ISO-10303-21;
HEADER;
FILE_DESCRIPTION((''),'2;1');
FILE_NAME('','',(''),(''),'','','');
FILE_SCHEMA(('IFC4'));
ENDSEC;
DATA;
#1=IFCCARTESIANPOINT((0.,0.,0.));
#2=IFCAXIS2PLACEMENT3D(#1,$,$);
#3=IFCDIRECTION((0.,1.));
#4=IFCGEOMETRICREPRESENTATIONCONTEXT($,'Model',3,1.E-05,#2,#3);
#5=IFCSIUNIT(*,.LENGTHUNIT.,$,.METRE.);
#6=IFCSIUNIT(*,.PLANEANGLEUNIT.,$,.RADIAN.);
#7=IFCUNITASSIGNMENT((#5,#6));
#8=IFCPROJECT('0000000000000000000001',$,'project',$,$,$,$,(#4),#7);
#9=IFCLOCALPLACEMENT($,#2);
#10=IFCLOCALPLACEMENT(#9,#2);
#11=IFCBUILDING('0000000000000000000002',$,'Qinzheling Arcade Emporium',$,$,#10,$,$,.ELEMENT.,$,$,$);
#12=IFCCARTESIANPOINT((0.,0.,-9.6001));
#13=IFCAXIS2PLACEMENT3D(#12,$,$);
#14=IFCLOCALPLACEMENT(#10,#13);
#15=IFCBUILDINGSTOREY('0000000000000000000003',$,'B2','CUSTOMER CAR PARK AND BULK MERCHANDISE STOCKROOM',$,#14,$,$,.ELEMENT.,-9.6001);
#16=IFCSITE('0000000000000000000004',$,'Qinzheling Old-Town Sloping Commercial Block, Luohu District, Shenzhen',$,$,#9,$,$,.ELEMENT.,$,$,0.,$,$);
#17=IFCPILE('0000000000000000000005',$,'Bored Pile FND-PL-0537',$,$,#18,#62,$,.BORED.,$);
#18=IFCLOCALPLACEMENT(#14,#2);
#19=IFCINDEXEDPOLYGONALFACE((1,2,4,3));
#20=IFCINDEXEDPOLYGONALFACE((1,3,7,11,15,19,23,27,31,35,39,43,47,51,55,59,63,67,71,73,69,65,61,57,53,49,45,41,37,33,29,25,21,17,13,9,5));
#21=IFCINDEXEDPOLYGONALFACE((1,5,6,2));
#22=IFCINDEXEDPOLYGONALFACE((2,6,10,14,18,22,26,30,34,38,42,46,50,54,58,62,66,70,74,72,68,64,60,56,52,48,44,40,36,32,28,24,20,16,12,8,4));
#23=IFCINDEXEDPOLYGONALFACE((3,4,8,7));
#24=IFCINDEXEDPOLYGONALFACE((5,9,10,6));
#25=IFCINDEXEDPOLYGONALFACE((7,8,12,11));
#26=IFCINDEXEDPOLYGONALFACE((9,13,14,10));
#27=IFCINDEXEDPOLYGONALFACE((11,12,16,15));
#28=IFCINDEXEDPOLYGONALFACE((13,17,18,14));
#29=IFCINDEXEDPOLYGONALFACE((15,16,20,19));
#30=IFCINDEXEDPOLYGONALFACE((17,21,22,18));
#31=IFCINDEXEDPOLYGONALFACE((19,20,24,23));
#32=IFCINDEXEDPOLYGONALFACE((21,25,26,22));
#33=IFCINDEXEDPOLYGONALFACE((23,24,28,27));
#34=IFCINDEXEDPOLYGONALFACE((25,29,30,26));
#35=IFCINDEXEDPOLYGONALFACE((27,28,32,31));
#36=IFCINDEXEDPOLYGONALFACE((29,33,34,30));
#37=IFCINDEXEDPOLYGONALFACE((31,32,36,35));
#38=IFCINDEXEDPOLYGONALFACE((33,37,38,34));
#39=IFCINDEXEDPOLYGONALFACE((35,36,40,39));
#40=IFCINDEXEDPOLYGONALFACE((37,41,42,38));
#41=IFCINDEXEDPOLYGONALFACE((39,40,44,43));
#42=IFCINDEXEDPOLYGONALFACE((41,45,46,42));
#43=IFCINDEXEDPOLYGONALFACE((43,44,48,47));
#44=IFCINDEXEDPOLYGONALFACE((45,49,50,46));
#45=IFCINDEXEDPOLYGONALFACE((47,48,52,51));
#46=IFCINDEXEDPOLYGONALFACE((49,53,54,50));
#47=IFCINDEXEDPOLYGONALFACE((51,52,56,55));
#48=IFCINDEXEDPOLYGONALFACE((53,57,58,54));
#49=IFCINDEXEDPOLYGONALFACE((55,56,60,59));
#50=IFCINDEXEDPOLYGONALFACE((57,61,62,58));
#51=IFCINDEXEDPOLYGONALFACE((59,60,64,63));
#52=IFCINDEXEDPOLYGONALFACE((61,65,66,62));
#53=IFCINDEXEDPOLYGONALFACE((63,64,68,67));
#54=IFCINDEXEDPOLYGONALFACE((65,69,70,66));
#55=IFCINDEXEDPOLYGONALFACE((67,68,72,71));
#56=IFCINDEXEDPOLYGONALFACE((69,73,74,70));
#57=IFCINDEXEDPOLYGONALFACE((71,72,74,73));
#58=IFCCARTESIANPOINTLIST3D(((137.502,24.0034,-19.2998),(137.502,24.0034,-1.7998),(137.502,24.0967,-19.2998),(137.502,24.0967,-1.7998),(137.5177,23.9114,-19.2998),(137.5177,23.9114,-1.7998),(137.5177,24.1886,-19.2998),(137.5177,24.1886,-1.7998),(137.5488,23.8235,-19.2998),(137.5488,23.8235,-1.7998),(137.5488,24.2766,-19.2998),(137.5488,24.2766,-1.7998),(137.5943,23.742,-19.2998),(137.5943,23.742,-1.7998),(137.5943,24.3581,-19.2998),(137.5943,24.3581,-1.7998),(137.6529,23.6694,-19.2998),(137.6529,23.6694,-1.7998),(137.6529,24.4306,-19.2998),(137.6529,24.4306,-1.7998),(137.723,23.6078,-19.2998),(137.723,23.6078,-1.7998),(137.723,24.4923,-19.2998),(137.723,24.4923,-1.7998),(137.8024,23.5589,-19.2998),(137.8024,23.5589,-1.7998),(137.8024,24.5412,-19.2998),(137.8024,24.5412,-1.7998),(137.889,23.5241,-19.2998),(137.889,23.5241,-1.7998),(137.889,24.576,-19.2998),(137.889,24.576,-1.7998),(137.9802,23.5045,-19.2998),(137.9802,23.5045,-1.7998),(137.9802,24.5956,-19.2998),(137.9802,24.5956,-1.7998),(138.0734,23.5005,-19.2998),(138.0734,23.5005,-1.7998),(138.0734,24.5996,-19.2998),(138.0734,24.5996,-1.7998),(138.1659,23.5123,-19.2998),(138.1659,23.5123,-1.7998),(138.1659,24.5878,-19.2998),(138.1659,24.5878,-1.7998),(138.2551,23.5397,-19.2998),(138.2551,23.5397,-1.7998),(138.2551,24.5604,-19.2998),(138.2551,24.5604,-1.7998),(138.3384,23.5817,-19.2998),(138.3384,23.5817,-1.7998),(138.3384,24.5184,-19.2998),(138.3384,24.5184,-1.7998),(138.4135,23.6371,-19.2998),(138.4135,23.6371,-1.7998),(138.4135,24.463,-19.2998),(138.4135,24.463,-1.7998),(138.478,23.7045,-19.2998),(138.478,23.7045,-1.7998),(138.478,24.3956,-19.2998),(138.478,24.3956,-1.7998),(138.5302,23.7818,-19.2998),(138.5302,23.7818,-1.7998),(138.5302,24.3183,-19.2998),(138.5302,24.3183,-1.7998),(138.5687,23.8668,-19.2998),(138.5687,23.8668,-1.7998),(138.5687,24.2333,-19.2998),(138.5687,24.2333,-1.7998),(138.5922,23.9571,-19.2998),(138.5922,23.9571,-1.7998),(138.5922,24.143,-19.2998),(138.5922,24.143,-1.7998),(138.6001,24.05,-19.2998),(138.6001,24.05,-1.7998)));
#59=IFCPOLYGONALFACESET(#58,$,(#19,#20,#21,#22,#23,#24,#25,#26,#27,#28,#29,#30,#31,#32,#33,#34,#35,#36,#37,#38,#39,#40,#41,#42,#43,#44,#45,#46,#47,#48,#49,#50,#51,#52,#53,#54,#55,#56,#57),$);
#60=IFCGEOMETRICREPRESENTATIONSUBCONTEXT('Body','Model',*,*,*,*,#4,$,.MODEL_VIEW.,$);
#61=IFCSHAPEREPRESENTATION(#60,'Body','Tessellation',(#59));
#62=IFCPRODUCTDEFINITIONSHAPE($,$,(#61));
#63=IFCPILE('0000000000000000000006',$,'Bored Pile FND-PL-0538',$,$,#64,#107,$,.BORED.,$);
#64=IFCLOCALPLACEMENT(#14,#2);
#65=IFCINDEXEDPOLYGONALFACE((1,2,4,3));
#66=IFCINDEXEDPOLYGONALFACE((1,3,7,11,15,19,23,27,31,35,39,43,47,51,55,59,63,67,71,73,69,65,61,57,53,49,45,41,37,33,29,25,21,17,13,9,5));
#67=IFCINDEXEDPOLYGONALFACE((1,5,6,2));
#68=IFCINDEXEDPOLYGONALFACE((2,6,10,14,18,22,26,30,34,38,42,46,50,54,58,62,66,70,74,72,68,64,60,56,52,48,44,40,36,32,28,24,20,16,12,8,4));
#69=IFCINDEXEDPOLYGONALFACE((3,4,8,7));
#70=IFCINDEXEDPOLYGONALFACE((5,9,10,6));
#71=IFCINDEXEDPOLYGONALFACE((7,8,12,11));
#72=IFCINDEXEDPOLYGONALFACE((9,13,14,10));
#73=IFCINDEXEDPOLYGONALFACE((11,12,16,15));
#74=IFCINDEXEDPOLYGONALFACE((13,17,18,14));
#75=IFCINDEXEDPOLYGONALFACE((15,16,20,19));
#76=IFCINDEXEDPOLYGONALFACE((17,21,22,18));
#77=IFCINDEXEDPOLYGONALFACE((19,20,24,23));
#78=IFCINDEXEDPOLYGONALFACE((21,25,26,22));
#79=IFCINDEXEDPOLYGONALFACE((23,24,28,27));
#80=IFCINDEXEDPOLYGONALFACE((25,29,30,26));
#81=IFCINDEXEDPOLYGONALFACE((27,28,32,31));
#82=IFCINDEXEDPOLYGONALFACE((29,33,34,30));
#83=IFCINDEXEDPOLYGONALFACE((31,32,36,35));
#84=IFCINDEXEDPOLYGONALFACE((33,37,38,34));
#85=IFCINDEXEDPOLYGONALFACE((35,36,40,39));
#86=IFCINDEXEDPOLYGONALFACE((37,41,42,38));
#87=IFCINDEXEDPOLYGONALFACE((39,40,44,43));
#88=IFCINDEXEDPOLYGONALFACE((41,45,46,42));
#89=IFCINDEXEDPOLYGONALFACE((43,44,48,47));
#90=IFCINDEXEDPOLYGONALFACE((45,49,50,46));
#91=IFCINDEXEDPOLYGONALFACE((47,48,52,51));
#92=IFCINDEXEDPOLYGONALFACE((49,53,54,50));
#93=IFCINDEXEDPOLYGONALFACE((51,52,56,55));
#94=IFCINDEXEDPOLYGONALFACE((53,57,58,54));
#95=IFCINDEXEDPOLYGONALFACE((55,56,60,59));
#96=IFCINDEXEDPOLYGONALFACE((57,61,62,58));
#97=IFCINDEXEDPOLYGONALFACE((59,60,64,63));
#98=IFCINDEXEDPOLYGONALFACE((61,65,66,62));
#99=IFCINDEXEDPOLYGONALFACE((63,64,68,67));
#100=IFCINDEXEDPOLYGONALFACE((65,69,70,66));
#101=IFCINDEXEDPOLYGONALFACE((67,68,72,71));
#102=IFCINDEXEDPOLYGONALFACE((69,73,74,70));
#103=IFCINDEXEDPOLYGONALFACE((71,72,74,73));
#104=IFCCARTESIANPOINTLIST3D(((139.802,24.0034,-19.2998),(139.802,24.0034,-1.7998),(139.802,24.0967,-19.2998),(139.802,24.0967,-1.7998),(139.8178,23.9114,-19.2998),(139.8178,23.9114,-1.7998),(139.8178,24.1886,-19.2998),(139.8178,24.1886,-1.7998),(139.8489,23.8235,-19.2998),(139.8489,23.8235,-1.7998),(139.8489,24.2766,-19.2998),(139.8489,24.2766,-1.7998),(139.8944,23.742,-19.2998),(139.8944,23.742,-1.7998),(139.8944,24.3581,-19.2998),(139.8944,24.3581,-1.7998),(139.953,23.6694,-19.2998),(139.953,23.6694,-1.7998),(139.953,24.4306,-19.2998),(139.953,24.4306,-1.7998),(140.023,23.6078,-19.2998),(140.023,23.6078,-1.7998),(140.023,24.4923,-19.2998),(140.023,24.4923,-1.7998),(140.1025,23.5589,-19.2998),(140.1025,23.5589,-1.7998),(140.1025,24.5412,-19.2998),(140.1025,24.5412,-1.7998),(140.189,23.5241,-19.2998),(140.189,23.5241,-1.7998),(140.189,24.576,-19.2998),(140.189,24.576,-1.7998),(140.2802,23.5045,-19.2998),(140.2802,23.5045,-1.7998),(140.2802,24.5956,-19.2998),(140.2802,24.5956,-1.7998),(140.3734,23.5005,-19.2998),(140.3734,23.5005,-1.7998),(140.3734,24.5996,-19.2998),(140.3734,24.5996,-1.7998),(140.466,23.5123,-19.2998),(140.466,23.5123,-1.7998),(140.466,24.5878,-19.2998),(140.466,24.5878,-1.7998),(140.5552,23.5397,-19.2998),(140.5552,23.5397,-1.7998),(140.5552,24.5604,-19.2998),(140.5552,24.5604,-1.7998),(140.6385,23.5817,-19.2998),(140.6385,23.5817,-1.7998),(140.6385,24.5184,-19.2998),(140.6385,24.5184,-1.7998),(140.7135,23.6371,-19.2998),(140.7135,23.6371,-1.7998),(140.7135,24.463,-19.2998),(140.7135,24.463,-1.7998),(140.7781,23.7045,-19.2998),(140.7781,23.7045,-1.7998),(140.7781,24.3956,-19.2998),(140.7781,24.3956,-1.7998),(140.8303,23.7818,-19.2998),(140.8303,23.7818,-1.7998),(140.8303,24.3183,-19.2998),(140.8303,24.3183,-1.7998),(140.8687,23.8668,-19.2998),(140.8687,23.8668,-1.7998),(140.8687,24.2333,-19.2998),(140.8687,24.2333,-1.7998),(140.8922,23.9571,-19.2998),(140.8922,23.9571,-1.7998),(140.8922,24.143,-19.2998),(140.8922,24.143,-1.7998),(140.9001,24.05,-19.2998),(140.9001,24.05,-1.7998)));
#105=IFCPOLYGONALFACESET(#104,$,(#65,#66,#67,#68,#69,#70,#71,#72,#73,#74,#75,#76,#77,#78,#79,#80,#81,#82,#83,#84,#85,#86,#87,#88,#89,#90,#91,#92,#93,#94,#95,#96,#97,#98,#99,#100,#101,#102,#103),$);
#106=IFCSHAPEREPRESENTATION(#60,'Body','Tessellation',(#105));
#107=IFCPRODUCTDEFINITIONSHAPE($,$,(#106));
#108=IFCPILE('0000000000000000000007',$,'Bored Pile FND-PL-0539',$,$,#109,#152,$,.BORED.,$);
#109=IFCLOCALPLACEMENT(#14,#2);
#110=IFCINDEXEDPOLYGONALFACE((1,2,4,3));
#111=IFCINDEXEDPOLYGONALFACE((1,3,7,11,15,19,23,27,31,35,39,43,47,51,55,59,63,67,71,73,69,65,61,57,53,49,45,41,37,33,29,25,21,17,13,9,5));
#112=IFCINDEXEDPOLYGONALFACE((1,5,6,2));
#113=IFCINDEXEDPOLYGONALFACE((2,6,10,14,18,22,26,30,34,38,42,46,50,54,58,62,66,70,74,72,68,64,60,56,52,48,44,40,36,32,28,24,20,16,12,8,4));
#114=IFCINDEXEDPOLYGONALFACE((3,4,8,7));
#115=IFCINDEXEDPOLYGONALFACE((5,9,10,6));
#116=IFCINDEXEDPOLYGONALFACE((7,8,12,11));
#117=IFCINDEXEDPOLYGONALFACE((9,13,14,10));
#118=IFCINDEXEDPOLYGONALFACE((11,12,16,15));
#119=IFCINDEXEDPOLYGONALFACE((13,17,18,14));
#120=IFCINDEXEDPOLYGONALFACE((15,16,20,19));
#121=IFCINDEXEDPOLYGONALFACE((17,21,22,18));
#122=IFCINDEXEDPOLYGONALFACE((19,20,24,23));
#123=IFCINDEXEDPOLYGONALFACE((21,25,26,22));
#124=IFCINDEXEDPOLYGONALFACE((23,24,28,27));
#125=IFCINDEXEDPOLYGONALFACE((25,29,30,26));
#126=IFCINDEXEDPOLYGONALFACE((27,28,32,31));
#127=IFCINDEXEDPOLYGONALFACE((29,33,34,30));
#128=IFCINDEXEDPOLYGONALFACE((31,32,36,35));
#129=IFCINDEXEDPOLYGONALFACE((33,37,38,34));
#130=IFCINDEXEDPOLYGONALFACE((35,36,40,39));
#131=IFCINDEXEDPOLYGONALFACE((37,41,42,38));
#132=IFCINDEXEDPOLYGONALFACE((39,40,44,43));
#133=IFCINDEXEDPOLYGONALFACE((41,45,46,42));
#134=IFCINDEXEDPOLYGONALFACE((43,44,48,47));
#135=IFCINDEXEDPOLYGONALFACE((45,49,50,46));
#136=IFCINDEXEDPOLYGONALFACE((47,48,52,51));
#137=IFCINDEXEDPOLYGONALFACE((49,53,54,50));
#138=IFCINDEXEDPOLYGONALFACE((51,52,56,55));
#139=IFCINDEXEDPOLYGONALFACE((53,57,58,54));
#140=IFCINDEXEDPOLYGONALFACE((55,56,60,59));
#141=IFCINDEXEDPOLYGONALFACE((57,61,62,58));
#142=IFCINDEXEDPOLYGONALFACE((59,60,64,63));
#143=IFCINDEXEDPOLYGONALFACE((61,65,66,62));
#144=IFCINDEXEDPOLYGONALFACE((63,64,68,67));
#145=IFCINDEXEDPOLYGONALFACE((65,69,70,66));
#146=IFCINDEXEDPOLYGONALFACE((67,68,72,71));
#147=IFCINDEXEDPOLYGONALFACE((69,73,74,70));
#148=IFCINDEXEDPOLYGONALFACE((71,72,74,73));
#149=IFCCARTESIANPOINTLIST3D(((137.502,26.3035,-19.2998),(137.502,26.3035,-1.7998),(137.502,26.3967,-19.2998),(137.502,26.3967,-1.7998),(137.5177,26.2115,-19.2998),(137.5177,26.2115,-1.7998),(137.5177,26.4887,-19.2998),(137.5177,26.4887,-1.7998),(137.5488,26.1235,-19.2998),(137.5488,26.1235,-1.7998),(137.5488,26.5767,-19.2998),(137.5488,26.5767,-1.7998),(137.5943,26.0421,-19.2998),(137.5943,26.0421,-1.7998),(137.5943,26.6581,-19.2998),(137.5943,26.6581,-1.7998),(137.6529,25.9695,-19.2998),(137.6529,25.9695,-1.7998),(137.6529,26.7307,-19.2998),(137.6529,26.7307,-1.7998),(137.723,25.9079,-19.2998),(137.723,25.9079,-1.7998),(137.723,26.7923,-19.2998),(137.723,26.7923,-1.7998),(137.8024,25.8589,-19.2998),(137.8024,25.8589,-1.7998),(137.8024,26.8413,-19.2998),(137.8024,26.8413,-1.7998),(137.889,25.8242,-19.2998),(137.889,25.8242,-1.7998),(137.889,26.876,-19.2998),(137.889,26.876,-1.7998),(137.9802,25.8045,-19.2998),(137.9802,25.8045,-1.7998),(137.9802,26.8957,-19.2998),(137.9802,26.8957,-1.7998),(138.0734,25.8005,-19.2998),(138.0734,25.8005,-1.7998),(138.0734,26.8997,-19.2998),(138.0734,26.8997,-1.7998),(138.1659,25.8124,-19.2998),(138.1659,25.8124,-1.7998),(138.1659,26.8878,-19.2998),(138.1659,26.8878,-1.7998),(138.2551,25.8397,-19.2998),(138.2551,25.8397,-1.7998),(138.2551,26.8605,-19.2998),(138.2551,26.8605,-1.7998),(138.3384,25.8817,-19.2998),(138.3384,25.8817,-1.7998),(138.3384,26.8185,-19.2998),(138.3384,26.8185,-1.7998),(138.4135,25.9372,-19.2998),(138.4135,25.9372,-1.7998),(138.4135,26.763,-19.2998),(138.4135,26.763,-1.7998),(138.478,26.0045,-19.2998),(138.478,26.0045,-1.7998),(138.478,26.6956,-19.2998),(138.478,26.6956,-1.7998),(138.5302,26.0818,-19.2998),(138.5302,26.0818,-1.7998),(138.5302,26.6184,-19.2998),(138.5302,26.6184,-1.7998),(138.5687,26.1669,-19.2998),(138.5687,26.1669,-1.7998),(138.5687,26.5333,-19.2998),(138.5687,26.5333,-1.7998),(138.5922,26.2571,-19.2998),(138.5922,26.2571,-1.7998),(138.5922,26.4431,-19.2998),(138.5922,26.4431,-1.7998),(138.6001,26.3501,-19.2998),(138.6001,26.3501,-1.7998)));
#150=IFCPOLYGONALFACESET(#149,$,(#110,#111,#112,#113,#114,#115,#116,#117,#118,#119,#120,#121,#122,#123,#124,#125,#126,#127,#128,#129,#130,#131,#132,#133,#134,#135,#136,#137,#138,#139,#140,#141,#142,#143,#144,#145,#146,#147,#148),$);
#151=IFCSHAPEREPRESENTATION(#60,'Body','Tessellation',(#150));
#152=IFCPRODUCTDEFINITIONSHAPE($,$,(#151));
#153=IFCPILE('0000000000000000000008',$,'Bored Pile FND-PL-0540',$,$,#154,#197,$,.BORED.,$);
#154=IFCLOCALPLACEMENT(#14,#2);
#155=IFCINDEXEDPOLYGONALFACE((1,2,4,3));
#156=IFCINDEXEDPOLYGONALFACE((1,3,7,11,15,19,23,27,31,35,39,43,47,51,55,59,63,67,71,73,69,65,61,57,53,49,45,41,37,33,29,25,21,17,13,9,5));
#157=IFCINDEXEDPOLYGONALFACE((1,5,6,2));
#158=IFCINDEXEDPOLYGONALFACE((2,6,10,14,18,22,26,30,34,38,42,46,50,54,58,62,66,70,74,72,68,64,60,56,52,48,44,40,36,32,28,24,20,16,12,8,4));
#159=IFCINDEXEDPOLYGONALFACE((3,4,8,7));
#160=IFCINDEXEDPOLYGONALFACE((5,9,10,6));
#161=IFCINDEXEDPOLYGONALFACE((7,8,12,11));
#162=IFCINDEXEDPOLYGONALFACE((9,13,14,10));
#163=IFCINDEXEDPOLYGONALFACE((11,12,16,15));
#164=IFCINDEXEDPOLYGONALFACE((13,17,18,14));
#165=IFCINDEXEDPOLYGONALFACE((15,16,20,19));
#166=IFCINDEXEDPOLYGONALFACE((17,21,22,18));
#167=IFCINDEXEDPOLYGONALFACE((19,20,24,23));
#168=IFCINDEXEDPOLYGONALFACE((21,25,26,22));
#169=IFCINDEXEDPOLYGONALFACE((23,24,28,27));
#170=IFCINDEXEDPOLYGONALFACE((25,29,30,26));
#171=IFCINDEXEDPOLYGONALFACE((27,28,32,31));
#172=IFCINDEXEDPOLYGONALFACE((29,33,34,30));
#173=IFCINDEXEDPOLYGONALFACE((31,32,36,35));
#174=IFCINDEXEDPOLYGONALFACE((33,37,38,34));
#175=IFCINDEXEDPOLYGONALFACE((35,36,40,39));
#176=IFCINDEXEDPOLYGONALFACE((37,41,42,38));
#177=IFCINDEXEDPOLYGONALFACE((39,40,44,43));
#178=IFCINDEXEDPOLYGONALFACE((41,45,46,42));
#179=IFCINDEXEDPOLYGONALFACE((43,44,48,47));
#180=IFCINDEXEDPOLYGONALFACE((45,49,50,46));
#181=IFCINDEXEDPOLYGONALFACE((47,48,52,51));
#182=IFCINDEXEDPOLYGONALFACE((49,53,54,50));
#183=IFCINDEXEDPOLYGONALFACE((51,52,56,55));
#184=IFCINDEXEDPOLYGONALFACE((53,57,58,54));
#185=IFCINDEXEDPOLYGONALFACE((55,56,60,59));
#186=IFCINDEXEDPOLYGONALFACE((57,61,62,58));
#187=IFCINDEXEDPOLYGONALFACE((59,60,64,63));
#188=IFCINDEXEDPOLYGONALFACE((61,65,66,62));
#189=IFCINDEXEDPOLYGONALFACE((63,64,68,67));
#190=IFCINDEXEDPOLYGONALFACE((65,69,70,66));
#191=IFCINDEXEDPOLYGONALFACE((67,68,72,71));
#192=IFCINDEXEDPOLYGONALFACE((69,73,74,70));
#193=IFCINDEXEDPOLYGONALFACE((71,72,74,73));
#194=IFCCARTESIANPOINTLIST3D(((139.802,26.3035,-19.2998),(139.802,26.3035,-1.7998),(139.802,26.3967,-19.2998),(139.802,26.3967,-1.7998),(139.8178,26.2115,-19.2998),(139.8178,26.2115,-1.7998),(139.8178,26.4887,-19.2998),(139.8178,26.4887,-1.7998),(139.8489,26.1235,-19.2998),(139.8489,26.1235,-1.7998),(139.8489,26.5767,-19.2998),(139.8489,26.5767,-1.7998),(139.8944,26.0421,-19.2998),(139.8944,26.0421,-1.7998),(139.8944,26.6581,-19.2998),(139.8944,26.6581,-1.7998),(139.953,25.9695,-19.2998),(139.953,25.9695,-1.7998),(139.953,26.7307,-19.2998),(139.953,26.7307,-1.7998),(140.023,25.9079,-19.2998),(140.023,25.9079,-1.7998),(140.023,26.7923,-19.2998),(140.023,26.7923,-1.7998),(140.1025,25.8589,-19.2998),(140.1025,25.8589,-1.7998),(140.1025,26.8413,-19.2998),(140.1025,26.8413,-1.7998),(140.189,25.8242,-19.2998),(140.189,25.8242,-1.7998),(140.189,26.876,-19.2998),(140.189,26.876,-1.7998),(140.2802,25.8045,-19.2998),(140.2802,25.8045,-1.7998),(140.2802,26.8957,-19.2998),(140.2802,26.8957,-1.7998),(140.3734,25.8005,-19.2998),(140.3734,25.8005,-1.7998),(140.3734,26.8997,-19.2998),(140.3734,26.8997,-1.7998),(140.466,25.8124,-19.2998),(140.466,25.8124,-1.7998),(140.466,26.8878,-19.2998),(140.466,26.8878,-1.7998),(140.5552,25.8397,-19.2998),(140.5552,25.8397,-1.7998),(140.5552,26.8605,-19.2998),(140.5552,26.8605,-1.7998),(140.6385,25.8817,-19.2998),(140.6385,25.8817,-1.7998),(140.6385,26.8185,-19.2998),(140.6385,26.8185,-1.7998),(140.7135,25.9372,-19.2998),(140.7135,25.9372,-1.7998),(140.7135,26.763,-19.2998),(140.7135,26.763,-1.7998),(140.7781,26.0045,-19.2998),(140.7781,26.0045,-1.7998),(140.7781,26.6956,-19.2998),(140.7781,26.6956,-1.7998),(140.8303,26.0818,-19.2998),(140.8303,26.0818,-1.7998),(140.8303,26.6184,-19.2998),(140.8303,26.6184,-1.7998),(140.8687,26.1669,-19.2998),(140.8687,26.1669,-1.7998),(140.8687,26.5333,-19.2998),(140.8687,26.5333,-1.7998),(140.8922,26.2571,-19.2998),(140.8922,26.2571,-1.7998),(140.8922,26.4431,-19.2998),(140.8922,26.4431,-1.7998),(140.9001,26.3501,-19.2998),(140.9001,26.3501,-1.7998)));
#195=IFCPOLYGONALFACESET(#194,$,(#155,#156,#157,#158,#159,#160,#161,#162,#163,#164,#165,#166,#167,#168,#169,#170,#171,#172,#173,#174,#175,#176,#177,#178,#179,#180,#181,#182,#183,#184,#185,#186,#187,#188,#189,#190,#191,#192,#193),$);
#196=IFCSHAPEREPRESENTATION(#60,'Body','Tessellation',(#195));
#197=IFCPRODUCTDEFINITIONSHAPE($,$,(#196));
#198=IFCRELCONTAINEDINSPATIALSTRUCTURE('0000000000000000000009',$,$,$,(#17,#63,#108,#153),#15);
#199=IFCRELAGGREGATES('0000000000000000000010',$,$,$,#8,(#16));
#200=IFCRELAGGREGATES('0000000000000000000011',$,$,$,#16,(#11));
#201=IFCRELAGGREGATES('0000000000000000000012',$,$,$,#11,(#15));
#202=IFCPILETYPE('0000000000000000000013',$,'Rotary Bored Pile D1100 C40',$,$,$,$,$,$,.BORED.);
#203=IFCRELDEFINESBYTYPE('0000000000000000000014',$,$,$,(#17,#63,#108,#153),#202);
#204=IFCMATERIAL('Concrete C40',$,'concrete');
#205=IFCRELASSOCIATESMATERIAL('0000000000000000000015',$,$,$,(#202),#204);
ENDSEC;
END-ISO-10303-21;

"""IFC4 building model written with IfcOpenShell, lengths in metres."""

from ifc_helpers import new_model, si_unit, direction, frame, origin, origin_2d, place, context, subcontext, project, spatial, circle, extrude, material, material_profile, profile_set, type_object, element, save


model = new_model("IFC4")

# Units and contexts
model_context = context("Model", 3, precision=1e-05, world=origin(), true_north=direction((0.0, 1.0)))
body_context = subcontext(model_context, "Body", "Model", "MODEL_VIEW")
ifc_project = project(units=[si_unit("LENGTHUNIT", "METRE"), si_unit("PLANEANGLEUNIT", "RADIAN")], contexts=[model_context])

# Site, building, storey
site_placement = place(None, origin())
site = spatial("IfcSite", under=ifc_project, at=site_placement, Name="Qinzheling Old-Town Sloping Commercial Block, Luohu District, Shenzhen", CompositionType="ELEMENT", RefElevation=0.0)
building_placement = place(site_placement, origin())
building = spatial("IfcBuilding", under=site, at=building_placement, Name="Qinzheling Arcade Emporium", CompositionType="ELEMENT")
storey_placement = place(building_placement, frame((0.0, 0.0, -9.6001)))
storey = spatial("IfcBuildingStorey", under=building, at=storey_placement, Name="B2", Description="CUSTOMER CAR PARK AND BULK MERCHANDISE STOCKROOM", CompositionType="ELEMENT", Elevation=-9.6001)

# Shared definitions
ifc_material_1 = material(Name="Concrete C40", Category="concrete")

# Piles
ifc_material_profile_1 = material_profile(ifc_material_1, circle(Radius=0.55, at=origin_2d()), Name="BORED D1100", Category="concrete")
ifc_profile_set_1 = profile_set([ifc_material_profile_1], Name="Concrete C40")
pile_type_1 = type_object("IfcPileType", Name="Rotary Bored Pile D1100 C40", PredefinedType="BORED", material=ifc_profile_set_1)
for number, where, z_axis, x_axis, name in (
    (1, (138.05, 24.05, -1.7998), (0.0, 0.0, -1.0), (1.0, 0.0, 0.0), "Bored Pile FND-PL-0537"),
    (2, (140.3501, 24.05, -1.7998), (0.0, 0.0, -1.0), (1.0, 0.0, 0.0), "Bored Pile FND-PL-0538"),
    (3, (138.05, 26.3501, -1.7998), (0.0, 0.0, -1.0), (1.0, 0.0, 0.0), "Bored Pile FND-PL-0539"),
    (4, (140.3501, 26.3501, -1.7998), (0.0, 0.0, -1.0), (1.0, 0.0, 0.0), "Bored Pile FND-PL-0540"),
):
    element("IfcPile", number, at=place(storey_placement, frame(where, z_axis=z_axis, x_axis=x_axis)), inside=storey, type_object=pile_type_1, Name=name, PredefinedType="BORED", context=body_context, shape_type="SweptSolid", body=[
        extrude(circle(Radius=0.55, at=origin_2d()), origin(), (0.0, 0.0, 1.0), 17.5),
    ])

save(model, "model.ifc")
